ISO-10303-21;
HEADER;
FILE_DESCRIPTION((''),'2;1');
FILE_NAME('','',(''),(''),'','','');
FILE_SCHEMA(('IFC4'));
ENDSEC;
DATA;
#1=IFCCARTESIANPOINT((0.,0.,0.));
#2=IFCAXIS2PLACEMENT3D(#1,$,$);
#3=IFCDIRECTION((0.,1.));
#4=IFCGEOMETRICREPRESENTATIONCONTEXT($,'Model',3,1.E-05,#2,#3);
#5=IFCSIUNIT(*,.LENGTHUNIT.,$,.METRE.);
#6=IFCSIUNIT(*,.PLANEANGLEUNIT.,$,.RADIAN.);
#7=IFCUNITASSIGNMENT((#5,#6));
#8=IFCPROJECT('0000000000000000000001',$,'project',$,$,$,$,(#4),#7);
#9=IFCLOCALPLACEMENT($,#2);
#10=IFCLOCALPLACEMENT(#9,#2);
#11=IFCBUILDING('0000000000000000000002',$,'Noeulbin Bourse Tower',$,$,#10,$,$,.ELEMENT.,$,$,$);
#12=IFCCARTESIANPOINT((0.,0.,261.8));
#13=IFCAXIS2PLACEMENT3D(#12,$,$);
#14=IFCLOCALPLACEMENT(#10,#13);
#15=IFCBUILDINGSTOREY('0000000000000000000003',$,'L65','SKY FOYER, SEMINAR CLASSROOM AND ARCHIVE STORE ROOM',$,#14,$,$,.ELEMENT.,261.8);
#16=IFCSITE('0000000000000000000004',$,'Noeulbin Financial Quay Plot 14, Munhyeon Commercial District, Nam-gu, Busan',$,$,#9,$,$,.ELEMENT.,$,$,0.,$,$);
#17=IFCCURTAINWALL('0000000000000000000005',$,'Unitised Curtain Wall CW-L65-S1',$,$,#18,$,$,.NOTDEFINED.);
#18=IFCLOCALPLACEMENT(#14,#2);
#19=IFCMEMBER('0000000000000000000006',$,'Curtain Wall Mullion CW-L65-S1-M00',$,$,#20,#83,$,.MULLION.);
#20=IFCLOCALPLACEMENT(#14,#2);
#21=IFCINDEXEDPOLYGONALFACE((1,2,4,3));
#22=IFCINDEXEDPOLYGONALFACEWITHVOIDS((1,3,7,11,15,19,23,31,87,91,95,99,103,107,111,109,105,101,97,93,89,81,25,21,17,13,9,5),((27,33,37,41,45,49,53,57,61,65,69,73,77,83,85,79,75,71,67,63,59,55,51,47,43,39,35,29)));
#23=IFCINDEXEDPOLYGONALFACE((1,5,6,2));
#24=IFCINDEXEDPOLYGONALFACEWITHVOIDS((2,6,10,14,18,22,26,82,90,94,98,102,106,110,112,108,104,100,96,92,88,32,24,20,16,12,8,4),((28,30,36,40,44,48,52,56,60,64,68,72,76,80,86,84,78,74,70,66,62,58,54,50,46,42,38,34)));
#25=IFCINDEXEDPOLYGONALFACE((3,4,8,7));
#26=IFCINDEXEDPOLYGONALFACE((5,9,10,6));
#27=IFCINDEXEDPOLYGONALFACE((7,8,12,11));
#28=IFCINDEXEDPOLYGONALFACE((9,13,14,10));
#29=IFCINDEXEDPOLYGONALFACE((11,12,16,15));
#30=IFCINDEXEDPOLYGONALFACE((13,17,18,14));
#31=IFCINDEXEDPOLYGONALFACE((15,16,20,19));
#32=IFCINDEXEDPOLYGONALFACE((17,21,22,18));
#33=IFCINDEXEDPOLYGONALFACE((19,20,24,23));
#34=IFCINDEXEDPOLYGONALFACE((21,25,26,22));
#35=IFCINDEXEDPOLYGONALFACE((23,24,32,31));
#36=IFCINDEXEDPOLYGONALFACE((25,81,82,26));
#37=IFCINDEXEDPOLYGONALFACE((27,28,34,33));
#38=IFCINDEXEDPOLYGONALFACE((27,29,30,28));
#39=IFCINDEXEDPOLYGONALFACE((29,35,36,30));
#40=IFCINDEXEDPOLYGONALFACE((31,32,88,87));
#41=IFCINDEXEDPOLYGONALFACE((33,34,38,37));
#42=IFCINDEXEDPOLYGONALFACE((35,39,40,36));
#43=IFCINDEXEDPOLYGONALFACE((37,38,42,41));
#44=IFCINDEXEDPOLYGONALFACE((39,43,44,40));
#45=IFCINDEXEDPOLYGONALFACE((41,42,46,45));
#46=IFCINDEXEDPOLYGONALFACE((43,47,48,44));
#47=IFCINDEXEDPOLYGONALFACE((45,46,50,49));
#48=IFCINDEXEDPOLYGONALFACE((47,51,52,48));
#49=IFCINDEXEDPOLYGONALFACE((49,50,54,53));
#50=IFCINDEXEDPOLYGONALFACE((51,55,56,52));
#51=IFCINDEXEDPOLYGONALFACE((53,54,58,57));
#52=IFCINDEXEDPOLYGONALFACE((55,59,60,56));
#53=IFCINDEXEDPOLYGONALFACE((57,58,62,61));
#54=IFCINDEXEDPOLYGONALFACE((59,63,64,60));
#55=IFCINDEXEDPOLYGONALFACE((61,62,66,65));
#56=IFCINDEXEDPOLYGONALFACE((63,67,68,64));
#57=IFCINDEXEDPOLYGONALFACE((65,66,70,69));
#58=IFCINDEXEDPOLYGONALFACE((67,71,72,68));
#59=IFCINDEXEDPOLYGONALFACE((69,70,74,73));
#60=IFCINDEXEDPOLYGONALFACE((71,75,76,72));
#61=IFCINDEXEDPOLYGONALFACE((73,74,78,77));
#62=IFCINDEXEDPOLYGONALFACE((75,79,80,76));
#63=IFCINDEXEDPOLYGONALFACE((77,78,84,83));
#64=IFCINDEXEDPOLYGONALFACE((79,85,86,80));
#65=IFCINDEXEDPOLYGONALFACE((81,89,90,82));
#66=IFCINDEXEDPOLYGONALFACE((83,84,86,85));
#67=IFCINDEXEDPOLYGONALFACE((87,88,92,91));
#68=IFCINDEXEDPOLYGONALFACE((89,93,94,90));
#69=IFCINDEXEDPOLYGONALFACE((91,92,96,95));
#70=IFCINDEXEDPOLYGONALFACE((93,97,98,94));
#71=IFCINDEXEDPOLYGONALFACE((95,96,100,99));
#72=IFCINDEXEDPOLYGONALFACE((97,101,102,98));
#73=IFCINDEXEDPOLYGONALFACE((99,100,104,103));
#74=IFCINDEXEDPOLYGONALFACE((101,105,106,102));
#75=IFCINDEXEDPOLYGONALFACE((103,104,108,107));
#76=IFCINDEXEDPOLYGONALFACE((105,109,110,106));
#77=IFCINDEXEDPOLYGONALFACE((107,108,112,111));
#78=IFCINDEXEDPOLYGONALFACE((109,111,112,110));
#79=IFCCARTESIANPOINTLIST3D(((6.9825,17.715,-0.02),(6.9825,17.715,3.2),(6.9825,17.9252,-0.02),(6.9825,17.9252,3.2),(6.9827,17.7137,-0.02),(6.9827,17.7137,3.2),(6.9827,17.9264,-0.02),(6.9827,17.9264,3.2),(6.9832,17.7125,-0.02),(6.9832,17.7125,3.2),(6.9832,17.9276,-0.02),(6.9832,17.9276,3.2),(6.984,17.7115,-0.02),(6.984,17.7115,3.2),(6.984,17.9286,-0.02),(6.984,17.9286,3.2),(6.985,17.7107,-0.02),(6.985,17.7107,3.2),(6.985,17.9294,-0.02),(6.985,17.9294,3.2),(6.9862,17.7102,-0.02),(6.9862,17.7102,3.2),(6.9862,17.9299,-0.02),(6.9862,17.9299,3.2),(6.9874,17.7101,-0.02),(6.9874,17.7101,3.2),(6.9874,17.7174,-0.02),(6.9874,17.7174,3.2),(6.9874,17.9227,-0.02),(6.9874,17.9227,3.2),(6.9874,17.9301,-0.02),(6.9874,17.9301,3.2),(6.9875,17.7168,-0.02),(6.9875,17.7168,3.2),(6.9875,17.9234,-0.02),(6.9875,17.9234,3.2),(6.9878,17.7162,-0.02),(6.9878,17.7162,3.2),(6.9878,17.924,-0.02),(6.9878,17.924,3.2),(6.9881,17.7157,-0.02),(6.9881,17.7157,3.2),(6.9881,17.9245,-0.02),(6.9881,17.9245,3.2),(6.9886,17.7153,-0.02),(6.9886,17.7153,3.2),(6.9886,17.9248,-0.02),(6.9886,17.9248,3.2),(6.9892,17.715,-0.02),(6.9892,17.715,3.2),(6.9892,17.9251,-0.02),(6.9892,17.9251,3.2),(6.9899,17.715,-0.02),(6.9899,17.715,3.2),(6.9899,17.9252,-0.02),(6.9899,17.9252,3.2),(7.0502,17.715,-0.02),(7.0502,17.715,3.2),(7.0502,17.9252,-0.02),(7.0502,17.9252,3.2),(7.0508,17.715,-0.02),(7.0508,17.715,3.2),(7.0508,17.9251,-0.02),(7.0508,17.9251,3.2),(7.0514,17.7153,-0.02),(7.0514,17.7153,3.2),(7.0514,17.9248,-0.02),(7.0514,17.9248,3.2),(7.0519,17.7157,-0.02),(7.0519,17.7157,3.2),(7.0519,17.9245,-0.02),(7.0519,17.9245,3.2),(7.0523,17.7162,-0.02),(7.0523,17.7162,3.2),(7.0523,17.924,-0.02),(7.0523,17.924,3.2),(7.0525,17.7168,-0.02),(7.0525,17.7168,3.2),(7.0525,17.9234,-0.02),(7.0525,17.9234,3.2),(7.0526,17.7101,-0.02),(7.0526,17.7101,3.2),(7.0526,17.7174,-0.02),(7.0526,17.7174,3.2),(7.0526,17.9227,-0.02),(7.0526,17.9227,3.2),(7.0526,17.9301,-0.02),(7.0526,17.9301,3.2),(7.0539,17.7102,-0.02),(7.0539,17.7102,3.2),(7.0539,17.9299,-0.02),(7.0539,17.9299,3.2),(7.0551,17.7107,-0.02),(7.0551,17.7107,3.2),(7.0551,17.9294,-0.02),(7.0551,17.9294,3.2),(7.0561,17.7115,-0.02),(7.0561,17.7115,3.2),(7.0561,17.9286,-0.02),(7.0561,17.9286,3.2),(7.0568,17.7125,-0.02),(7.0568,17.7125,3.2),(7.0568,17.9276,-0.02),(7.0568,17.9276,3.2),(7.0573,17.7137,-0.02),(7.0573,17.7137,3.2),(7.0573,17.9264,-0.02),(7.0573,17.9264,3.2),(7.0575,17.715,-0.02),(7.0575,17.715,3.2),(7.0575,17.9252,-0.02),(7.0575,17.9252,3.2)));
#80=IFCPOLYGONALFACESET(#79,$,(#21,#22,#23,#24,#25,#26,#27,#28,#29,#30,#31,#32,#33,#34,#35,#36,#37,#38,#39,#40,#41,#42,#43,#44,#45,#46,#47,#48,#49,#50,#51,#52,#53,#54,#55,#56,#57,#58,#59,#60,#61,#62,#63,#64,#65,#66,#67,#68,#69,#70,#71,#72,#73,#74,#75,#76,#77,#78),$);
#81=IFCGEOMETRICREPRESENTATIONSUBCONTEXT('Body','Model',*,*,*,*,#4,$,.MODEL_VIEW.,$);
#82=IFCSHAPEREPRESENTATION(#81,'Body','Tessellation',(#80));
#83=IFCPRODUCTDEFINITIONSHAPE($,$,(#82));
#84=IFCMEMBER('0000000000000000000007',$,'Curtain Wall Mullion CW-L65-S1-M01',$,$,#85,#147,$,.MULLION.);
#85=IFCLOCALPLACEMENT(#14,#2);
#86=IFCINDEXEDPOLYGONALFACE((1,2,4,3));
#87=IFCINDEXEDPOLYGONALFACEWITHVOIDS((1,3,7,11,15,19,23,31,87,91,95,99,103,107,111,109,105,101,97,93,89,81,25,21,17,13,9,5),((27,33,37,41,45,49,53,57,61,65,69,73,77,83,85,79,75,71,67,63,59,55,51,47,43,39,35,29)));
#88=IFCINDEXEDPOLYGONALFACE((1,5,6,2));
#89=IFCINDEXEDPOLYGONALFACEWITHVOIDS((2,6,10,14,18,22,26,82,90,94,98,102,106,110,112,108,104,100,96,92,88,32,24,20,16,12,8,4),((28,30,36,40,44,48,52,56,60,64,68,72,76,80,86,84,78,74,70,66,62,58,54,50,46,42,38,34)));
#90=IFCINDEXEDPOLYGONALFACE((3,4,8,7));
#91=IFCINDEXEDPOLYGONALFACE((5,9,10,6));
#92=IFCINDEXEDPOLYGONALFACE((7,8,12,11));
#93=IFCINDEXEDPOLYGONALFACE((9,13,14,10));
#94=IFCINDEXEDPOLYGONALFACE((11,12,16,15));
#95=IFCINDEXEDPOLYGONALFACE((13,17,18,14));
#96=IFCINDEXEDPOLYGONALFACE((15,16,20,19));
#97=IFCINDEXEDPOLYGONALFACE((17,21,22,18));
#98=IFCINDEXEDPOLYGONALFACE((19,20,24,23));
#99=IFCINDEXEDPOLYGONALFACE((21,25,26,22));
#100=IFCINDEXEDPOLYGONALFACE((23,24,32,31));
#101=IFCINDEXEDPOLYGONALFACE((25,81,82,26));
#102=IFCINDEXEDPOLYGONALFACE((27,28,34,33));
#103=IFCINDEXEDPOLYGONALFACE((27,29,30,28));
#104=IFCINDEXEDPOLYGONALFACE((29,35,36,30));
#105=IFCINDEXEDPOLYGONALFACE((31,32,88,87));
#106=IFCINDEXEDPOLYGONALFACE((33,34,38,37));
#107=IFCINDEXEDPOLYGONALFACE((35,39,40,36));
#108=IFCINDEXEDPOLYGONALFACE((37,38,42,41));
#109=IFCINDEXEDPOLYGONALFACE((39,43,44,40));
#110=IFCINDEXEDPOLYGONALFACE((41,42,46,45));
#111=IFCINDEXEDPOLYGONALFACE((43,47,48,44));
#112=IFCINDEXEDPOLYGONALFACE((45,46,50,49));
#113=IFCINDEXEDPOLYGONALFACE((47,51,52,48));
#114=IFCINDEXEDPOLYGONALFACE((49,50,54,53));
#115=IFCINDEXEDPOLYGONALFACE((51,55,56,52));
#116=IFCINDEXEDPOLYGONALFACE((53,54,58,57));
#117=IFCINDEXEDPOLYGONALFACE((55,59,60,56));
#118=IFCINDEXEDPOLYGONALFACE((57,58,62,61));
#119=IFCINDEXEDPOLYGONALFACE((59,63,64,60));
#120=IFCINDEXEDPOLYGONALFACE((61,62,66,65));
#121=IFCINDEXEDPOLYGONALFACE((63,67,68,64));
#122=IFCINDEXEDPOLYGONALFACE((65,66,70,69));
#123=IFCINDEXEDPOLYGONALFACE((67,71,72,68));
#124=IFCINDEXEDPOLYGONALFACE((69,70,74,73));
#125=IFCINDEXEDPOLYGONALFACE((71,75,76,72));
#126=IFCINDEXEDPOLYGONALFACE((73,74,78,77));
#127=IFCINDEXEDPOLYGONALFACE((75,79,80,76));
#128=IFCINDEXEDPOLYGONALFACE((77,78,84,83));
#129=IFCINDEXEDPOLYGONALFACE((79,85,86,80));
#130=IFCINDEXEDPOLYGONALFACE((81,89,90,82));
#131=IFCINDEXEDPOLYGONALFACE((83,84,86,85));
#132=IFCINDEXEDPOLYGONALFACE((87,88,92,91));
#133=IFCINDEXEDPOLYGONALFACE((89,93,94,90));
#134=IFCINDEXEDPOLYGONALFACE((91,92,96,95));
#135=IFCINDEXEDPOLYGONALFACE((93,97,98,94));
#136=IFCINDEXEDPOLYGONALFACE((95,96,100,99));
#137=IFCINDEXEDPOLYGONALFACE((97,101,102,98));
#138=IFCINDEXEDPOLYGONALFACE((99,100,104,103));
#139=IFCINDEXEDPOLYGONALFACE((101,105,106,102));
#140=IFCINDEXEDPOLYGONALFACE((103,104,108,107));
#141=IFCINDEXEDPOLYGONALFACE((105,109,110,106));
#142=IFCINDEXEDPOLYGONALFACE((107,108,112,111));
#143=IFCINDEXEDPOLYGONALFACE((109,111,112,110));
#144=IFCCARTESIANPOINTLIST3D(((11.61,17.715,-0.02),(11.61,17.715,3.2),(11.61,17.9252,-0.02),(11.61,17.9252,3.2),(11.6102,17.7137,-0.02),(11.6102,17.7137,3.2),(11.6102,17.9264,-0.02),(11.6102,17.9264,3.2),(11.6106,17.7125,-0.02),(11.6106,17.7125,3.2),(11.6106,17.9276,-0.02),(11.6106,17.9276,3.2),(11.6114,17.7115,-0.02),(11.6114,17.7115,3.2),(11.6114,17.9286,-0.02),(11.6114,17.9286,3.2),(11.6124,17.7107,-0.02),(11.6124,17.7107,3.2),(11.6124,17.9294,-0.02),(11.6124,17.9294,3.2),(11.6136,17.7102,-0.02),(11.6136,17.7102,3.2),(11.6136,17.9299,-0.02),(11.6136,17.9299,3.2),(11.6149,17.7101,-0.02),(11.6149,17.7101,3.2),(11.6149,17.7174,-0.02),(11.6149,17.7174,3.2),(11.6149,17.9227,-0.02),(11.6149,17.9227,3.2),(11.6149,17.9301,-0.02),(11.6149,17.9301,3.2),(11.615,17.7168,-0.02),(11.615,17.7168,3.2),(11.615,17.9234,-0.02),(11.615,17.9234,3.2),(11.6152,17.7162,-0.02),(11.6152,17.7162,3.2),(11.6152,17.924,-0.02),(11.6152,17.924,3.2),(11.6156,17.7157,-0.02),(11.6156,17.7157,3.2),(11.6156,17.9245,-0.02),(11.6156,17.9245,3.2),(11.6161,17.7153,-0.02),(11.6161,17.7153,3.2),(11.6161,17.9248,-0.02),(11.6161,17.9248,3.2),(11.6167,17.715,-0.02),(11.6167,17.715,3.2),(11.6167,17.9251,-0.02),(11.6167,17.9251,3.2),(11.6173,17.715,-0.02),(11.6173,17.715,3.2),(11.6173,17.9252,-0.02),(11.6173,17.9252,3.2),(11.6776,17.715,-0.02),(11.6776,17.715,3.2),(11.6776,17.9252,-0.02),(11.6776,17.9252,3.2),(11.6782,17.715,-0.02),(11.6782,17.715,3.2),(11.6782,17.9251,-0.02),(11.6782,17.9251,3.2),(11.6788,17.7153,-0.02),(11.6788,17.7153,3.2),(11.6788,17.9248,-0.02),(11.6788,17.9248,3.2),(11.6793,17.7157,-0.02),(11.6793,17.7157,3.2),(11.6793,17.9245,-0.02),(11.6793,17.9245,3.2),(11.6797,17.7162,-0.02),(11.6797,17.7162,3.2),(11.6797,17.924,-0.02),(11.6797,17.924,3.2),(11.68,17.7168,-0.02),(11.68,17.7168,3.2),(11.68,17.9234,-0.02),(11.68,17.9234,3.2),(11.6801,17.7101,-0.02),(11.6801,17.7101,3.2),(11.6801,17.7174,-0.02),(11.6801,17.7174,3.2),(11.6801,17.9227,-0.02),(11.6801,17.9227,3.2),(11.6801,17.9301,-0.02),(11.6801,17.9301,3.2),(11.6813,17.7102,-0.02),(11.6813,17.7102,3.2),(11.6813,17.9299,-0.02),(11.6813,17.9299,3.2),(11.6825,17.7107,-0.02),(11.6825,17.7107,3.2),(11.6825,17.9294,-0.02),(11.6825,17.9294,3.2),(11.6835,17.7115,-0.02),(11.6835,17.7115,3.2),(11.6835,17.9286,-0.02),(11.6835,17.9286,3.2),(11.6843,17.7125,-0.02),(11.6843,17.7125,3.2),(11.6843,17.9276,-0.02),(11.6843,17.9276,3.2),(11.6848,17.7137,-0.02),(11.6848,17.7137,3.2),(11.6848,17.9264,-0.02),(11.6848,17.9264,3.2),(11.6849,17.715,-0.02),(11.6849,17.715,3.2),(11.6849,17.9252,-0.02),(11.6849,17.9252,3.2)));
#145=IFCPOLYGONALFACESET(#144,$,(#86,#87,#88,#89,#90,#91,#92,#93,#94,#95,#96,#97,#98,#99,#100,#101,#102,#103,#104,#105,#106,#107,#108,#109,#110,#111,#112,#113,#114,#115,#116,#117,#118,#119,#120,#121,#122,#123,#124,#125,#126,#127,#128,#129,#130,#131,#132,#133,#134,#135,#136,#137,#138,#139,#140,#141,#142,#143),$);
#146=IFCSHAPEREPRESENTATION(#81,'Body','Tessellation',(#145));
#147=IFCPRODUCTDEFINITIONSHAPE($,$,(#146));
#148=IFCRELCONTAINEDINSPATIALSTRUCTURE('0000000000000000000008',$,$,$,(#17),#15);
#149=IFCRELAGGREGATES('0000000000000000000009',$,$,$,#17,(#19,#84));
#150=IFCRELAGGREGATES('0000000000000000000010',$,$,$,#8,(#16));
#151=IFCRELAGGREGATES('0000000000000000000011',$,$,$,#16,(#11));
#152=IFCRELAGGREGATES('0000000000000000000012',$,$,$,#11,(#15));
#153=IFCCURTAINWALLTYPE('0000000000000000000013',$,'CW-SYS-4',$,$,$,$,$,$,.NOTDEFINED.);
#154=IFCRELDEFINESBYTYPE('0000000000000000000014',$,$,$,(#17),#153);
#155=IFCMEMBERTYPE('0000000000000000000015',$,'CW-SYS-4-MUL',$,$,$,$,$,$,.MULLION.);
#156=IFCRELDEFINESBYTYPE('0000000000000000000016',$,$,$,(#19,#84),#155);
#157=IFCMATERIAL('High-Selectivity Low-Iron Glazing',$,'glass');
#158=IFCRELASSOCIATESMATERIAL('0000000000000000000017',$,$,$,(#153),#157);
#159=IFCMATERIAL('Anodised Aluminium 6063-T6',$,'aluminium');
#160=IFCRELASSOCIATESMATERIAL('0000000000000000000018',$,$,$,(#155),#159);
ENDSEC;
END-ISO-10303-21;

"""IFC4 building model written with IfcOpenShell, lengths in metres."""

from ifc_helpers import new_model, si_unit, direction, frame, origin, origin_2d, place, context, subcontext, project, spatial, hollow_rectangle, extrude, material, material_profile, profile_set, type_object, element, aggregate, save


model = new_model("IFC4")

# Units and contexts
model_context = context("Model", 3, precision=1e-05, world=origin(), true_north=direction((0.0, 1.0)))
body_context = subcontext(model_context, "Body", "Model", "MODEL_VIEW")
ifc_project = project(units=[si_unit("LENGTHUNIT", "METRE"), si_unit("PLANEANGLEUNIT", "RADIAN")], contexts=[model_context])

# Site, building, storey
site_placement = place(None, origin())
site = spatial("IfcSite", under=ifc_project, at=site_placement, Name="Noeulbin Financial Quay Plot 14, Munhyeon Commercial District, Nam-gu, Busan", CompositionType="ELEMENT", RefElevation=0.0)
building_placement = place(site_placement, origin())
building = spatial("IfcBuilding", under=site, at=building_placement, Name="Noeulbin Bourse Tower", CompositionType="ELEMENT")
storey_placement = place(building_placement, frame((0.0, 0.0, 261.8)))
storey = spatial("IfcBuildingStorey", under=building, at=storey_placement, Name="L65", Description="SKY FOYER, SEMINAR CLASSROOM AND ARCHIVE STORE ROOM", CompositionType="ELEMENT", Elevation=261.8)

# Curtain wall, members
ifc_material_1 = material(Name="High-Selectivity Low-Iron Glazing", Category="glass")
curtain_wall_type = type_object("IfcCurtainWallType", Name="CW-SYS-4", PredefinedType="NOTDEFINED", material=ifc_material_1)
curtain_wall_placement = place(storey_placement, origin())
curtain_wall = element("IfcCurtainWall", 1, at=curtain_wall_placement, inside=storey, type_object=curtain_wall_type, Name="Unitised Curtain Wall CW-L65-S1", PredefinedType="NOTDEFINED")
ifc_material_2 = material(Name="Anodised Aluminium 6063-T6", Category="aluminium")
ifc_material_profile_1 = material_profile(ifc_material_2, hollow_rectangle(XDim=0.075, YDim=0.22, WallThickness=0.0049, InnerFilletRadius=0.0024, OuterFilletRadius=0.0049, at=origin_2d()), Name="ALU-MULL-75x220x5", Category="LoadBearing")
ifc_profile_set_1 = profile_set([ifc_material_profile_1], Name="Anodised Aluminium 6063-T6")
member_type_1 = type_object("IfcMemberType", Name="CW-SYS-4-MUL", PredefinedType="MULLION", material=ifc_profile_set_1)
member_1_placement = place(storey_placement, frame((7.02, 17.8201, -0.02), z_axis=(0.0, 0.0, 1.0), x_axis=(1.0, 0.0, 0.0)))
member_1 = element("IfcMember", 2, at=member_1_placement, type_object=member_type_1, Name="Curtain Wall Mullion CW-L65-S1-M00", PredefinedType="MULLION", context=body_context, shape_type="SweptSolid", body=[
    extrude(hollow_rectangle(XDim=0.075, YDim=0.22, WallThickness=0.0049, InnerFilletRadius=0.0024, OuterFilletRadius=0.0049, at=origin_2d()), origin(), (0.0, 0.0, 1.0), 3.22),
])
member_2_placement = place(storey_placement, frame((11.6475, 17.8201, -0.02), z_axis=(0.0, 0.0, 1.0), x_axis=(1.0, 0.0, 0.0)))
member_2 = element("IfcMember", 3, at=member_2_placement, type_object=member_type_1, Name="Curtain Wall Mullion CW-L65-S1-M01", PredefinedType="MULLION", context=body_context, shape_type="SweptSolid", body=[
    extrude(hollow_rectangle(XDim=0.075, YDim=0.22, WallThickness=0.0049, InnerFilletRadius=0.0024, OuterFilletRadius=0.0049, at=origin_2d()), origin(), (0.0, 0.0, 1.0), 3.22),
])
aggregate(curtain_wall, [member_1, member_2])

save(model, "model.ifc")
